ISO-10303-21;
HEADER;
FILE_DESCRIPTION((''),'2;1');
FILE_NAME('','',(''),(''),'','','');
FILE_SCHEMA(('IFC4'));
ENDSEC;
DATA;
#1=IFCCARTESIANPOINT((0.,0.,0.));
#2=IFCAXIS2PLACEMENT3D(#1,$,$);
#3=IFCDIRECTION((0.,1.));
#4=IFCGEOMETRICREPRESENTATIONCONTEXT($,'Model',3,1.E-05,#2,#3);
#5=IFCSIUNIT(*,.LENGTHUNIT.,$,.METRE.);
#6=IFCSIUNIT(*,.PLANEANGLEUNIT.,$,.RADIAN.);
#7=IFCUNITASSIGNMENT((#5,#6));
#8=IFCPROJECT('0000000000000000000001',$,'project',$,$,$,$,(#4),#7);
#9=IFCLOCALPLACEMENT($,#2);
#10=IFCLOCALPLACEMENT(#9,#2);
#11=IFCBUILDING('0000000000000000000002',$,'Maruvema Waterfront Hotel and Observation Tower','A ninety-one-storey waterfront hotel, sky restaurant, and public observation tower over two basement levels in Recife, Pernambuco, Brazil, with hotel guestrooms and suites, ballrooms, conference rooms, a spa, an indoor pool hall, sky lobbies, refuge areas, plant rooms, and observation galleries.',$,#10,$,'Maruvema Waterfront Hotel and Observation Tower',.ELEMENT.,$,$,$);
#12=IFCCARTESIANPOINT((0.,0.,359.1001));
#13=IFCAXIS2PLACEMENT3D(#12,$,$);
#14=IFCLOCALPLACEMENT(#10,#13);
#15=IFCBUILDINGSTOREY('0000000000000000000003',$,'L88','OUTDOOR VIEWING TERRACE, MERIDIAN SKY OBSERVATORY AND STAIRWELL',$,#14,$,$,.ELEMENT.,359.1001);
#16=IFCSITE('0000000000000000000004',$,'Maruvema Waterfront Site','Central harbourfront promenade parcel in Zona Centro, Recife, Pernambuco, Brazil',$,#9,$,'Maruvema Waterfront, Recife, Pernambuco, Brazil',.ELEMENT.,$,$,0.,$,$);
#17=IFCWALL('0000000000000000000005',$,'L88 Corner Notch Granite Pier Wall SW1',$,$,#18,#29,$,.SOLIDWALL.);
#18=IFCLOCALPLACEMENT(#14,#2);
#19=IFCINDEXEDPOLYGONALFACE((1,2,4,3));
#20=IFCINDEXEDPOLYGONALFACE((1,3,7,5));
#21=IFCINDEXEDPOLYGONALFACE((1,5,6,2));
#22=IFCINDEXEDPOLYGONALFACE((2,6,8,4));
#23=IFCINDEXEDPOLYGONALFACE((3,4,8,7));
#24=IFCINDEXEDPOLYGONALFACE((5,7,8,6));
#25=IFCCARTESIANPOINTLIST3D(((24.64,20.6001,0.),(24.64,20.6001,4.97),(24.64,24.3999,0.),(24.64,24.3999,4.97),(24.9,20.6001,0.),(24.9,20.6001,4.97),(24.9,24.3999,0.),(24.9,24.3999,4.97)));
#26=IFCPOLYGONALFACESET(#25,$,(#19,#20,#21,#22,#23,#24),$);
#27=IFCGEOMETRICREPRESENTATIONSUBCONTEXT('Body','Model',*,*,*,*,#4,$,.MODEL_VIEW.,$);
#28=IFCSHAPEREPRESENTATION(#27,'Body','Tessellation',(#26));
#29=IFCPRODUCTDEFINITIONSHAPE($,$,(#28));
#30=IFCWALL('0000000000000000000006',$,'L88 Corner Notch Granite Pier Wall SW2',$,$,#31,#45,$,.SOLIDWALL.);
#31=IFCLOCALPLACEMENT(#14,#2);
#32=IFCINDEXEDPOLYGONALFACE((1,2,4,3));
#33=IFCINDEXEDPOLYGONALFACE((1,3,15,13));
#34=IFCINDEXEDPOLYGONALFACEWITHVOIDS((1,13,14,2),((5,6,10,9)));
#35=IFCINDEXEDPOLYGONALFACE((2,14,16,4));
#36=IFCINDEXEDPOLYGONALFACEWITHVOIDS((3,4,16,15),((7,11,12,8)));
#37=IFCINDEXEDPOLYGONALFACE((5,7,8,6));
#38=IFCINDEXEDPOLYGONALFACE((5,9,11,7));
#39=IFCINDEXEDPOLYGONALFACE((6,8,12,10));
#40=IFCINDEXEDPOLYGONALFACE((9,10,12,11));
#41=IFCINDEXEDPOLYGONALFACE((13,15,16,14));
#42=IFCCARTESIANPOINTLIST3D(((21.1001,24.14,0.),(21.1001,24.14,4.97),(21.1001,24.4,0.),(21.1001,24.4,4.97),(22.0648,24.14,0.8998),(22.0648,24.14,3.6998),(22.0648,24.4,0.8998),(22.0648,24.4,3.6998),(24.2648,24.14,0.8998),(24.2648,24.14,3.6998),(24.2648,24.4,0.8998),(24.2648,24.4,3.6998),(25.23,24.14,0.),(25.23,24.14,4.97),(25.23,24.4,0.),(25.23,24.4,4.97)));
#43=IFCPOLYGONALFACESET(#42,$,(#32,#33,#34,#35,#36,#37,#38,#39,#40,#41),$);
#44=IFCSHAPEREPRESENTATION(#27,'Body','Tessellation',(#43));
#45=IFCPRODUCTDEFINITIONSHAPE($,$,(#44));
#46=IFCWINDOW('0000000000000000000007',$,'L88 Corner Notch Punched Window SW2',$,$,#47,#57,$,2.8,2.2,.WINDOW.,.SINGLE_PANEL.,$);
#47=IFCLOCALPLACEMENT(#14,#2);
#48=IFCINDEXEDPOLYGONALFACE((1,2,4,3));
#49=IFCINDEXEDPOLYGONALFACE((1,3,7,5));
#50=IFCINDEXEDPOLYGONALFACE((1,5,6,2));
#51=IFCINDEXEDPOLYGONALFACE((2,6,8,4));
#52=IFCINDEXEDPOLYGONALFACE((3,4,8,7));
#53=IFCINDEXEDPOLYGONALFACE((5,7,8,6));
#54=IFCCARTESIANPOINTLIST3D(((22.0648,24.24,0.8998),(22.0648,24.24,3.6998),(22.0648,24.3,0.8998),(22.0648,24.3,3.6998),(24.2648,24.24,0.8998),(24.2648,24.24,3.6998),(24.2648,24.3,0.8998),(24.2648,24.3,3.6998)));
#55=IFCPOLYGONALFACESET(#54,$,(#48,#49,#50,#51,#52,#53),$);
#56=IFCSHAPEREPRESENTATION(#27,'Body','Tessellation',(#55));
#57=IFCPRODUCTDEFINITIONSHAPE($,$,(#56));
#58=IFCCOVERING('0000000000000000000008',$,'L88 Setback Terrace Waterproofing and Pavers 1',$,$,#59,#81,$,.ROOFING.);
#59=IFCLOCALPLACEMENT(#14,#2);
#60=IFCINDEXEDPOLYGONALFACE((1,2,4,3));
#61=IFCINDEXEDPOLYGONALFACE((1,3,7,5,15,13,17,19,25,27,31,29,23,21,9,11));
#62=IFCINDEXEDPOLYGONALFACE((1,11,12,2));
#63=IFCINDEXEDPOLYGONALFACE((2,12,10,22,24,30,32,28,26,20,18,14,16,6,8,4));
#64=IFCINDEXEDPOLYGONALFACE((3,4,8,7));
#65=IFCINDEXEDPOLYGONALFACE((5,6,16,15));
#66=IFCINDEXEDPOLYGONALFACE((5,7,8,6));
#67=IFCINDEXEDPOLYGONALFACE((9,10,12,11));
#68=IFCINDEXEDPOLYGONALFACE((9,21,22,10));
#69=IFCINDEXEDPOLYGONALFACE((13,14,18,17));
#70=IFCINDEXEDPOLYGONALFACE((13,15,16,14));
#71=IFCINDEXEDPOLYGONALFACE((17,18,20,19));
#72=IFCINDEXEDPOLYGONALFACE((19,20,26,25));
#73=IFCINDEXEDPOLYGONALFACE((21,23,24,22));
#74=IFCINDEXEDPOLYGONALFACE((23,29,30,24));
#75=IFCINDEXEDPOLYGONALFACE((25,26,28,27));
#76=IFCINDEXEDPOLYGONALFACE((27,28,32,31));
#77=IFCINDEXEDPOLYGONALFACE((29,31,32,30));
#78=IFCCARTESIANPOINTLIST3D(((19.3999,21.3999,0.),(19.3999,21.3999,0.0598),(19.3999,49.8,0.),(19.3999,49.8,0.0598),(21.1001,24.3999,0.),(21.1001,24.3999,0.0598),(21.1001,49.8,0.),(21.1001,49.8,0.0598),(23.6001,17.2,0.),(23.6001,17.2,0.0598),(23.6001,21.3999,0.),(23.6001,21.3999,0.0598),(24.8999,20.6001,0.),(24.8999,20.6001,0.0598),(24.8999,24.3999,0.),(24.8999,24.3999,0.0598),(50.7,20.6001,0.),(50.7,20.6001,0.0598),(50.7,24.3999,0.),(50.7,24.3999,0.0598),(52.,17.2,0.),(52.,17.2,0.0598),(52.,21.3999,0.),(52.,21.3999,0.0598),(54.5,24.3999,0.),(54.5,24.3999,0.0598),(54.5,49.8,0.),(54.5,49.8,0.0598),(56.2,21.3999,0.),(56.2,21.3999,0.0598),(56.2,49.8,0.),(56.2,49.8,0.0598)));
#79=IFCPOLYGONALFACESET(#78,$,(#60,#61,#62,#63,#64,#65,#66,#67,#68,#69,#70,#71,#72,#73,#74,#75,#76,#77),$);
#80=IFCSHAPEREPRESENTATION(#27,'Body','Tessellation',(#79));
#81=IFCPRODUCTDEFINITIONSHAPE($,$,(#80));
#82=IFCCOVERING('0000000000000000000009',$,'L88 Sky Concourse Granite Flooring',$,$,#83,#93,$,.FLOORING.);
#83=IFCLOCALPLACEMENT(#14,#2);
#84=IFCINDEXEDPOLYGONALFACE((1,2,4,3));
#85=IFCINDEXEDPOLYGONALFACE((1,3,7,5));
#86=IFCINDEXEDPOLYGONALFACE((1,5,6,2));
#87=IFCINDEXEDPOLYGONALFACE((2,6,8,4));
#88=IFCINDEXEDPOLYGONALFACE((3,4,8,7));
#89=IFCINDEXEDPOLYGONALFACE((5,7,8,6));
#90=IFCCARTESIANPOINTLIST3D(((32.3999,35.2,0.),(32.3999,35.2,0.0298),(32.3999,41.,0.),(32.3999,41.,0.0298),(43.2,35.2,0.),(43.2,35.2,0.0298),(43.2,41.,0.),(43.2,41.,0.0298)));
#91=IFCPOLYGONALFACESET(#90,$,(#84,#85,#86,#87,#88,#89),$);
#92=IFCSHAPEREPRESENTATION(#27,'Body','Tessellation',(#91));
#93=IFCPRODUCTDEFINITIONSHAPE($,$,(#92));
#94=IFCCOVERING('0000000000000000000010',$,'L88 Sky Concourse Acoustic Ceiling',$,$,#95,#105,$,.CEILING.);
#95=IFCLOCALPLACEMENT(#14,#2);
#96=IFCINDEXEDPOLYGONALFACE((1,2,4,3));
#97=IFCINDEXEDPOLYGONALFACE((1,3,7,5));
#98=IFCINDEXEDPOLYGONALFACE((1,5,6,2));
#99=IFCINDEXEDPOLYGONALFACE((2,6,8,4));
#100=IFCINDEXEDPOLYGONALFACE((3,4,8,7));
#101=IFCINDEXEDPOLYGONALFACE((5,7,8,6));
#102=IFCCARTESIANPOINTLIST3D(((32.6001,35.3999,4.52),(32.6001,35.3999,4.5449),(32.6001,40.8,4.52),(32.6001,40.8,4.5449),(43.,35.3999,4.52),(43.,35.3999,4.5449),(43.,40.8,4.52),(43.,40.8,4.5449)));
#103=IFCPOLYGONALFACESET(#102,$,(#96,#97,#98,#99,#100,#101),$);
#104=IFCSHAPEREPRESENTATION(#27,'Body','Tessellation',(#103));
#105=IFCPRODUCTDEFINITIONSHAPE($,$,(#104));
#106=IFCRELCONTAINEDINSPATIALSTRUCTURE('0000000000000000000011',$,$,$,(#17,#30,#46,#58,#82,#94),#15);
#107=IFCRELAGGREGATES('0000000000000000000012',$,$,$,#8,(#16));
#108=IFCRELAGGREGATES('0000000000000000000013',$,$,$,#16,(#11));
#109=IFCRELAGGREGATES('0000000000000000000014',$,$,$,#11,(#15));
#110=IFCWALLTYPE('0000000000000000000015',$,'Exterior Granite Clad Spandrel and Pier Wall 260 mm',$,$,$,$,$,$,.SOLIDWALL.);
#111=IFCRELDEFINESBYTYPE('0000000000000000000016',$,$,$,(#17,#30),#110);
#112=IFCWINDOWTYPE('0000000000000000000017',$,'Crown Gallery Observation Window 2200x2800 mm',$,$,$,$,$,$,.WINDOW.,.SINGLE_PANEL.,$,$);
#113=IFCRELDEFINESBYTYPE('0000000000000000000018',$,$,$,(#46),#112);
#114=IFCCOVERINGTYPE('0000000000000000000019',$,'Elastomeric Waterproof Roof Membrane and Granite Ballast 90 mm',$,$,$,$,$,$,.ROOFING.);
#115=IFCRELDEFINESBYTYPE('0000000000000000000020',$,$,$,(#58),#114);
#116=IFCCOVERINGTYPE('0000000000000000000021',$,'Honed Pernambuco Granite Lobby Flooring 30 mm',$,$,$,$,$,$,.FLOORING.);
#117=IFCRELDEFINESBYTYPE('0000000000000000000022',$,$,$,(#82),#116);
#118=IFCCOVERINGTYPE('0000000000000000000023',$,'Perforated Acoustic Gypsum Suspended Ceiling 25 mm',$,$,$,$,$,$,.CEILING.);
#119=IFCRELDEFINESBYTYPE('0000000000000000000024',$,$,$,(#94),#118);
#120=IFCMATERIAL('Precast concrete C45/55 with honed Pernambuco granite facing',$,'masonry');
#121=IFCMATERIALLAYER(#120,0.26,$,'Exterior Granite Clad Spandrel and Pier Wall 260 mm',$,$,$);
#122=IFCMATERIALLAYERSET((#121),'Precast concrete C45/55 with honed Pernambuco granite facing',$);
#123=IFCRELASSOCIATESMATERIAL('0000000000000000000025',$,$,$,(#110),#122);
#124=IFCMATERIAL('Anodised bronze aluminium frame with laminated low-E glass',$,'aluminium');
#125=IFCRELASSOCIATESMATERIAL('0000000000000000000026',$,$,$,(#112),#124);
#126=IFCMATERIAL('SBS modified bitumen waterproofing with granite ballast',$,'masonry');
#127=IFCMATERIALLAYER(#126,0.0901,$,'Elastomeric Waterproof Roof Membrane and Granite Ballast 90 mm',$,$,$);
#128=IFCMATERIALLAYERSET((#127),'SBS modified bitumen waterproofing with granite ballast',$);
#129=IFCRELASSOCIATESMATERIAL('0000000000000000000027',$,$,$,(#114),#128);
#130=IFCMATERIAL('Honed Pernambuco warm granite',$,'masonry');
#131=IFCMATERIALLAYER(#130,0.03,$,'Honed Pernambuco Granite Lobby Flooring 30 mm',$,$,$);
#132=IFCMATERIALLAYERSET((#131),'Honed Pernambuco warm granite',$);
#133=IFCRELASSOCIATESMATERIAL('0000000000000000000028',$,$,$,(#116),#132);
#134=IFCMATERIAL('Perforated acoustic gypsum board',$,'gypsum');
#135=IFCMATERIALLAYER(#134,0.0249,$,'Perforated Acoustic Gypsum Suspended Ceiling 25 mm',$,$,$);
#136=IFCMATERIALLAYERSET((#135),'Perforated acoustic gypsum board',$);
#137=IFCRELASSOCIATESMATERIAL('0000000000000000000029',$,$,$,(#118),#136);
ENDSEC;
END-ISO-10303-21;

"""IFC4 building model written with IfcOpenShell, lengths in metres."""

from ifc_helpers import new_model, si_unit, direction, frame, frame_2d, origin, place, context, subcontext, project, spatial, polyline, rectangle, outline, extrude, material, layer, layer_set, type_object, element, fill, save


model = new_model("IFC4")

# Units and contexts
model_context = context("Model", 3, precision=1e-05, world=origin(), true_north=direction((0.0, 1.0)))
body_context = subcontext(model_context, "Body", "Model", "MODEL_VIEW")
ifc_project = project(units=[si_unit("LENGTHUNIT", "METRE"), si_unit("PLANEANGLEUNIT", "RADIAN")], contexts=[model_context])

# Site, building, storey
site_placement = place(None, origin())
site = spatial("IfcSite", under=ifc_project, at=site_placement, Name="Maruvema Waterfront Site", Description="Central harbourfront promenade parcel in Zona Centro, Recife, Pernambuco, Brazil", LongName="Maruvema Waterfront, Recife, Pernambuco, Brazil", CompositionType="ELEMENT", RefElevation=0.0)
building_placement = place(site_placement, origin())
building = spatial("IfcBuilding", under=site, at=building_placement, Name="Maruvema Waterfront Hotel and Observation Tower", Description="A ninety-one-storey waterfront hotel, sky restaurant, and public observation tower over two basement levels in Recife, Pernambuco, Brazil, with hotel guestrooms and suites, ballrooms, conference rooms, a spa, an indoor pool hall, sky lobbies, refuge areas, plant rooms, and observation galleries.", LongName="Maruvema Waterfront Hotel and Observation Tower", CompositionType="ELEMENT")
storey_placement = place(building_placement, frame((0.0, 0.0, 359.1001)))
storey = spatial("IfcBuildingStorey", under=building, at=storey_placement, Name="L88", Description="OUTDOOR VIEWING TERRACE, MERIDIAN SKY OBSERVATORY AND STAIRWELL", CompositionType="ELEMENT", Elevation=359.1001)

# Wall
ifc_material_1 = material(Name="Precast concrete C45/55 with honed Pernambuco granite facing", Category="masonry")
ifc_layer_1 = layer(ifc_material_1, 0.26, Name="Exterior Granite Clad Spandrel and Pier Wall 260 mm")
ifc_layer_set_1 = layer_set([ifc_layer_1], Name="Precast concrete C45/55 with honed Pernambuco granite facing")
wall_type_1 = type_object("IfcWallType", Name="Exterior Granite Clad Spandrel and Pier Wall 260 mm", PredefinedType="SOLIDWALL", material=ifc_layer_set_1)
wall_1_placement = place(storey_placement, frame((24.77, 20.6001, 0.0), z_axis=(0.0, 0.0, 1.0), x_axis=(0.0, 1.0, 0.0)))
element("IfcWall", 1, at=wall_1_placement, inside=storey, type_object=wall_type_1, Name="L88 Corner Notch Granite Pier Wall SW1", PredefinedType="SOLIDWALL", context=body_context, shape_type="SweptSolid", body=[
    extrude(rectangle(XDim=3.7998, YDim=0.26, at=frame_2d((1.8999, 0.0))), origin(), (0.0, 0.0, 1.0), 4.97),
])

# Wall, opening, window
wall_2_placement = place(storey_placement, frame((25.23, 24.27, 0.0), z_axis=(0.0, 0.0, 1.0), x_axis=(-1.0, 0.0, 0.0)))
wall_2 = element("IfcWall", 2, at=wall_2_placement, inside=storey, type_object=wall_type_1, Name="L88 Corner Notch Granite Pier Wall SW2", PredefinedType="SOLIDWALL", context=body_context, shape_type="SweptSolid", body=[
    extrude(rectangle(XDim=4.1299, YDim=0.26, at=frame_2d((2.0649, 0.0))), origin(), (0.0, 0.0, 1.0), 4.97),
])
opening_placement = place(wall_2_placement, frame((0.9651, 0.0, 0.8999)))
opening = element("IfcOpeningElement", 3, at=opening_placement, cuts=wall_2, PredefinedType="OPENING", context=body_context, shape_type="SweptSolid", body=[
    extrude(rectangle(XDim=2.2, YDim=2.8, at=frame_2d((1.1001, 1.3999))), frame((0.0, 0.1401, 0.0), z_axis=(0.0, -1.0, 0.0), x_axis=(1.0, 0.0, 0.0)), (0.0, 0.0, 1.0), 0.28),
])
ifc_material_2 = material(Name="Anodised bronze aluminium frame with laminated low-E glass", Category="aluminium")
window_type = type_object("IfcWindowType", Name="Crown Gallery Observation Window 2200x2800 mm", PartitioningType="SINGLE_PANEL", PredefinedType="WINDOW", material=ifc_material_2)
window_placement = place(opening_placement, origin())
window = element("IfcWindow", 4, at=window_placement, inside=storey, type_object=window_type, Name="L88 Corner Notch Punched Window SW2", OverallHeight=2.8, OverallWidth=2.2, PartitioningType="SINGLE_PANEL", PredefinedType="WINDOW", context=body_context, shape_type="SweptSolid", body=[
    extrude(rectangle(XDim=2.2, YDim=2.8, at=frame_2d((1.1001, 1.3999))), frame((0.0, 0.03, 0.0), z_axis=(0.0, -1.0, 0.0), x_axis=(1.0, 0.0, 0.0)), (0.0, 0.0, 1.0), 0.0601),
])
fill(opening, window)

# Coverings
ifc_material_3 = material(Name="SBS modified bitumen waterproofing with granite ballast", Category="masonry")
ifc_layer_2 = layer(ifc_material_3, 0.0901, Name="Elastomeric Waterproof Roof Membrane and Granite Ballast 90 mm")
ifc_layer_set_2 = layer_set([ifc_layer_2], Name="SBS modified bitumen waterproofing with granite ballast")
covering_type_1 = type_object("IfcCoveringType", Name="Elastomeric Waterproof Roof Membrane and Granite Ballast 90 mm", PredefinedType="ROOFING", material=ifc_layer_set_2)
covering_1_placement = place(storey_placement, origin())
element("IfcCovering", 5, at=covering_1_placement, inside=storey, type_object=covering_type_1, Name="L88 Setback Terrace Waterproofing and Pavers 1", PredefinedType="ROOFING", context=body_context, shape_type="SweptSolid", body=[
    extrude(outline(polyline([(56.2, 49.8), (56.2, 21.3999), (52.0, 21.3999), (52.0, 17.2), (23.6001, 17.2), (23.6001, 21.3999), (19.3999, 21.3999), (19.3999, 49.8), (21.1001, 49.8), (21.1001, 24.3999), (24.8999, 24.3999), (24.8999, 20.6001), (50.7, 20.6001), (50.7, 24.3999), (54.5, 24.3999), (54.5, 49.8), (56.2, 49.8)])), origin(), (0.0, 0.0, 1.0), 0.0598),
])
ifc_material_4 = material(Name="Honed Pernambuco warm granite", Category="masonry")
ifc_layer_3 = layer(ifc_material_4, 0.03, Name="Honed Pernambuco Granite Lobby Flooring 30 mm")
ifc_layer_set_3 = layer_set([ifc_layer_3], Name="Honed Pernambuco warm granite")
covering_type_2 = type_object("IfcCoveringType", Name="Honed Pernambuco Granite Lobby Flooring 30 mm", PredefinedType="FLOORING", material=ifc_layer_set_3)
covering_2_placement = place(storey_placement, origin())
element("IfcCovering", 6, at=covering_2_placement, inside=storey, type_object=covering_type_2, Name="L88 Sky Concourse Granite Flooring", PredefinedType="FLOORING", context=body_context, shape_type="SweptSolid", body=[
    extrude(outline(polyline([(32.3999, 35.2), (43.2, 35.2), (43.2, 41.0), (32.3999, 41.0), (32.3999, 35.2)])), origin(), (0.0, 0.0, 1.0), 0.0298),
])
ifc_material_5 = material(Name="Perforated acoustic gypsum board", Category="gypsum")
ifc_layer_4 = layer(ifc_material_5, 0.0249, Name="Perforated Acoustic Gypsum Suspended Ceiling 25 mm")
ifc_layer_set_4 = layer_set([ifc_layer_4], Name="Perforated acoustic gypsum board")
covering_type_3 = type_object("IfcCoveringType", Name="Perforated Acoustic Gypsum Suspended Ceiling 25 mm", PredefinedType="CEILING", material=ifc_layer_set_4)
covering_3_placement = place(storey_placement, frame((0.0, 0.0, 4.52)))
element("IfcCovering", 7, at=covering_3_placement, inside=storey, type_object=covering_type_3, Name="L88 Sky Concourse Acoustic Ceiling", PredefinedType="CEILING", context=body_context, shape_type="SweptSolid", body=[
    extrude(outline(polyline([(32.6001, 35.3999), (43.0, 35.3999), (43.0, 40.8), (32.6001, 40.8), (32.6001, 35.3999)])), origin(), (0.0, 0.0, 1.0), 0.0249),
])

save(model, "model.ifc")
